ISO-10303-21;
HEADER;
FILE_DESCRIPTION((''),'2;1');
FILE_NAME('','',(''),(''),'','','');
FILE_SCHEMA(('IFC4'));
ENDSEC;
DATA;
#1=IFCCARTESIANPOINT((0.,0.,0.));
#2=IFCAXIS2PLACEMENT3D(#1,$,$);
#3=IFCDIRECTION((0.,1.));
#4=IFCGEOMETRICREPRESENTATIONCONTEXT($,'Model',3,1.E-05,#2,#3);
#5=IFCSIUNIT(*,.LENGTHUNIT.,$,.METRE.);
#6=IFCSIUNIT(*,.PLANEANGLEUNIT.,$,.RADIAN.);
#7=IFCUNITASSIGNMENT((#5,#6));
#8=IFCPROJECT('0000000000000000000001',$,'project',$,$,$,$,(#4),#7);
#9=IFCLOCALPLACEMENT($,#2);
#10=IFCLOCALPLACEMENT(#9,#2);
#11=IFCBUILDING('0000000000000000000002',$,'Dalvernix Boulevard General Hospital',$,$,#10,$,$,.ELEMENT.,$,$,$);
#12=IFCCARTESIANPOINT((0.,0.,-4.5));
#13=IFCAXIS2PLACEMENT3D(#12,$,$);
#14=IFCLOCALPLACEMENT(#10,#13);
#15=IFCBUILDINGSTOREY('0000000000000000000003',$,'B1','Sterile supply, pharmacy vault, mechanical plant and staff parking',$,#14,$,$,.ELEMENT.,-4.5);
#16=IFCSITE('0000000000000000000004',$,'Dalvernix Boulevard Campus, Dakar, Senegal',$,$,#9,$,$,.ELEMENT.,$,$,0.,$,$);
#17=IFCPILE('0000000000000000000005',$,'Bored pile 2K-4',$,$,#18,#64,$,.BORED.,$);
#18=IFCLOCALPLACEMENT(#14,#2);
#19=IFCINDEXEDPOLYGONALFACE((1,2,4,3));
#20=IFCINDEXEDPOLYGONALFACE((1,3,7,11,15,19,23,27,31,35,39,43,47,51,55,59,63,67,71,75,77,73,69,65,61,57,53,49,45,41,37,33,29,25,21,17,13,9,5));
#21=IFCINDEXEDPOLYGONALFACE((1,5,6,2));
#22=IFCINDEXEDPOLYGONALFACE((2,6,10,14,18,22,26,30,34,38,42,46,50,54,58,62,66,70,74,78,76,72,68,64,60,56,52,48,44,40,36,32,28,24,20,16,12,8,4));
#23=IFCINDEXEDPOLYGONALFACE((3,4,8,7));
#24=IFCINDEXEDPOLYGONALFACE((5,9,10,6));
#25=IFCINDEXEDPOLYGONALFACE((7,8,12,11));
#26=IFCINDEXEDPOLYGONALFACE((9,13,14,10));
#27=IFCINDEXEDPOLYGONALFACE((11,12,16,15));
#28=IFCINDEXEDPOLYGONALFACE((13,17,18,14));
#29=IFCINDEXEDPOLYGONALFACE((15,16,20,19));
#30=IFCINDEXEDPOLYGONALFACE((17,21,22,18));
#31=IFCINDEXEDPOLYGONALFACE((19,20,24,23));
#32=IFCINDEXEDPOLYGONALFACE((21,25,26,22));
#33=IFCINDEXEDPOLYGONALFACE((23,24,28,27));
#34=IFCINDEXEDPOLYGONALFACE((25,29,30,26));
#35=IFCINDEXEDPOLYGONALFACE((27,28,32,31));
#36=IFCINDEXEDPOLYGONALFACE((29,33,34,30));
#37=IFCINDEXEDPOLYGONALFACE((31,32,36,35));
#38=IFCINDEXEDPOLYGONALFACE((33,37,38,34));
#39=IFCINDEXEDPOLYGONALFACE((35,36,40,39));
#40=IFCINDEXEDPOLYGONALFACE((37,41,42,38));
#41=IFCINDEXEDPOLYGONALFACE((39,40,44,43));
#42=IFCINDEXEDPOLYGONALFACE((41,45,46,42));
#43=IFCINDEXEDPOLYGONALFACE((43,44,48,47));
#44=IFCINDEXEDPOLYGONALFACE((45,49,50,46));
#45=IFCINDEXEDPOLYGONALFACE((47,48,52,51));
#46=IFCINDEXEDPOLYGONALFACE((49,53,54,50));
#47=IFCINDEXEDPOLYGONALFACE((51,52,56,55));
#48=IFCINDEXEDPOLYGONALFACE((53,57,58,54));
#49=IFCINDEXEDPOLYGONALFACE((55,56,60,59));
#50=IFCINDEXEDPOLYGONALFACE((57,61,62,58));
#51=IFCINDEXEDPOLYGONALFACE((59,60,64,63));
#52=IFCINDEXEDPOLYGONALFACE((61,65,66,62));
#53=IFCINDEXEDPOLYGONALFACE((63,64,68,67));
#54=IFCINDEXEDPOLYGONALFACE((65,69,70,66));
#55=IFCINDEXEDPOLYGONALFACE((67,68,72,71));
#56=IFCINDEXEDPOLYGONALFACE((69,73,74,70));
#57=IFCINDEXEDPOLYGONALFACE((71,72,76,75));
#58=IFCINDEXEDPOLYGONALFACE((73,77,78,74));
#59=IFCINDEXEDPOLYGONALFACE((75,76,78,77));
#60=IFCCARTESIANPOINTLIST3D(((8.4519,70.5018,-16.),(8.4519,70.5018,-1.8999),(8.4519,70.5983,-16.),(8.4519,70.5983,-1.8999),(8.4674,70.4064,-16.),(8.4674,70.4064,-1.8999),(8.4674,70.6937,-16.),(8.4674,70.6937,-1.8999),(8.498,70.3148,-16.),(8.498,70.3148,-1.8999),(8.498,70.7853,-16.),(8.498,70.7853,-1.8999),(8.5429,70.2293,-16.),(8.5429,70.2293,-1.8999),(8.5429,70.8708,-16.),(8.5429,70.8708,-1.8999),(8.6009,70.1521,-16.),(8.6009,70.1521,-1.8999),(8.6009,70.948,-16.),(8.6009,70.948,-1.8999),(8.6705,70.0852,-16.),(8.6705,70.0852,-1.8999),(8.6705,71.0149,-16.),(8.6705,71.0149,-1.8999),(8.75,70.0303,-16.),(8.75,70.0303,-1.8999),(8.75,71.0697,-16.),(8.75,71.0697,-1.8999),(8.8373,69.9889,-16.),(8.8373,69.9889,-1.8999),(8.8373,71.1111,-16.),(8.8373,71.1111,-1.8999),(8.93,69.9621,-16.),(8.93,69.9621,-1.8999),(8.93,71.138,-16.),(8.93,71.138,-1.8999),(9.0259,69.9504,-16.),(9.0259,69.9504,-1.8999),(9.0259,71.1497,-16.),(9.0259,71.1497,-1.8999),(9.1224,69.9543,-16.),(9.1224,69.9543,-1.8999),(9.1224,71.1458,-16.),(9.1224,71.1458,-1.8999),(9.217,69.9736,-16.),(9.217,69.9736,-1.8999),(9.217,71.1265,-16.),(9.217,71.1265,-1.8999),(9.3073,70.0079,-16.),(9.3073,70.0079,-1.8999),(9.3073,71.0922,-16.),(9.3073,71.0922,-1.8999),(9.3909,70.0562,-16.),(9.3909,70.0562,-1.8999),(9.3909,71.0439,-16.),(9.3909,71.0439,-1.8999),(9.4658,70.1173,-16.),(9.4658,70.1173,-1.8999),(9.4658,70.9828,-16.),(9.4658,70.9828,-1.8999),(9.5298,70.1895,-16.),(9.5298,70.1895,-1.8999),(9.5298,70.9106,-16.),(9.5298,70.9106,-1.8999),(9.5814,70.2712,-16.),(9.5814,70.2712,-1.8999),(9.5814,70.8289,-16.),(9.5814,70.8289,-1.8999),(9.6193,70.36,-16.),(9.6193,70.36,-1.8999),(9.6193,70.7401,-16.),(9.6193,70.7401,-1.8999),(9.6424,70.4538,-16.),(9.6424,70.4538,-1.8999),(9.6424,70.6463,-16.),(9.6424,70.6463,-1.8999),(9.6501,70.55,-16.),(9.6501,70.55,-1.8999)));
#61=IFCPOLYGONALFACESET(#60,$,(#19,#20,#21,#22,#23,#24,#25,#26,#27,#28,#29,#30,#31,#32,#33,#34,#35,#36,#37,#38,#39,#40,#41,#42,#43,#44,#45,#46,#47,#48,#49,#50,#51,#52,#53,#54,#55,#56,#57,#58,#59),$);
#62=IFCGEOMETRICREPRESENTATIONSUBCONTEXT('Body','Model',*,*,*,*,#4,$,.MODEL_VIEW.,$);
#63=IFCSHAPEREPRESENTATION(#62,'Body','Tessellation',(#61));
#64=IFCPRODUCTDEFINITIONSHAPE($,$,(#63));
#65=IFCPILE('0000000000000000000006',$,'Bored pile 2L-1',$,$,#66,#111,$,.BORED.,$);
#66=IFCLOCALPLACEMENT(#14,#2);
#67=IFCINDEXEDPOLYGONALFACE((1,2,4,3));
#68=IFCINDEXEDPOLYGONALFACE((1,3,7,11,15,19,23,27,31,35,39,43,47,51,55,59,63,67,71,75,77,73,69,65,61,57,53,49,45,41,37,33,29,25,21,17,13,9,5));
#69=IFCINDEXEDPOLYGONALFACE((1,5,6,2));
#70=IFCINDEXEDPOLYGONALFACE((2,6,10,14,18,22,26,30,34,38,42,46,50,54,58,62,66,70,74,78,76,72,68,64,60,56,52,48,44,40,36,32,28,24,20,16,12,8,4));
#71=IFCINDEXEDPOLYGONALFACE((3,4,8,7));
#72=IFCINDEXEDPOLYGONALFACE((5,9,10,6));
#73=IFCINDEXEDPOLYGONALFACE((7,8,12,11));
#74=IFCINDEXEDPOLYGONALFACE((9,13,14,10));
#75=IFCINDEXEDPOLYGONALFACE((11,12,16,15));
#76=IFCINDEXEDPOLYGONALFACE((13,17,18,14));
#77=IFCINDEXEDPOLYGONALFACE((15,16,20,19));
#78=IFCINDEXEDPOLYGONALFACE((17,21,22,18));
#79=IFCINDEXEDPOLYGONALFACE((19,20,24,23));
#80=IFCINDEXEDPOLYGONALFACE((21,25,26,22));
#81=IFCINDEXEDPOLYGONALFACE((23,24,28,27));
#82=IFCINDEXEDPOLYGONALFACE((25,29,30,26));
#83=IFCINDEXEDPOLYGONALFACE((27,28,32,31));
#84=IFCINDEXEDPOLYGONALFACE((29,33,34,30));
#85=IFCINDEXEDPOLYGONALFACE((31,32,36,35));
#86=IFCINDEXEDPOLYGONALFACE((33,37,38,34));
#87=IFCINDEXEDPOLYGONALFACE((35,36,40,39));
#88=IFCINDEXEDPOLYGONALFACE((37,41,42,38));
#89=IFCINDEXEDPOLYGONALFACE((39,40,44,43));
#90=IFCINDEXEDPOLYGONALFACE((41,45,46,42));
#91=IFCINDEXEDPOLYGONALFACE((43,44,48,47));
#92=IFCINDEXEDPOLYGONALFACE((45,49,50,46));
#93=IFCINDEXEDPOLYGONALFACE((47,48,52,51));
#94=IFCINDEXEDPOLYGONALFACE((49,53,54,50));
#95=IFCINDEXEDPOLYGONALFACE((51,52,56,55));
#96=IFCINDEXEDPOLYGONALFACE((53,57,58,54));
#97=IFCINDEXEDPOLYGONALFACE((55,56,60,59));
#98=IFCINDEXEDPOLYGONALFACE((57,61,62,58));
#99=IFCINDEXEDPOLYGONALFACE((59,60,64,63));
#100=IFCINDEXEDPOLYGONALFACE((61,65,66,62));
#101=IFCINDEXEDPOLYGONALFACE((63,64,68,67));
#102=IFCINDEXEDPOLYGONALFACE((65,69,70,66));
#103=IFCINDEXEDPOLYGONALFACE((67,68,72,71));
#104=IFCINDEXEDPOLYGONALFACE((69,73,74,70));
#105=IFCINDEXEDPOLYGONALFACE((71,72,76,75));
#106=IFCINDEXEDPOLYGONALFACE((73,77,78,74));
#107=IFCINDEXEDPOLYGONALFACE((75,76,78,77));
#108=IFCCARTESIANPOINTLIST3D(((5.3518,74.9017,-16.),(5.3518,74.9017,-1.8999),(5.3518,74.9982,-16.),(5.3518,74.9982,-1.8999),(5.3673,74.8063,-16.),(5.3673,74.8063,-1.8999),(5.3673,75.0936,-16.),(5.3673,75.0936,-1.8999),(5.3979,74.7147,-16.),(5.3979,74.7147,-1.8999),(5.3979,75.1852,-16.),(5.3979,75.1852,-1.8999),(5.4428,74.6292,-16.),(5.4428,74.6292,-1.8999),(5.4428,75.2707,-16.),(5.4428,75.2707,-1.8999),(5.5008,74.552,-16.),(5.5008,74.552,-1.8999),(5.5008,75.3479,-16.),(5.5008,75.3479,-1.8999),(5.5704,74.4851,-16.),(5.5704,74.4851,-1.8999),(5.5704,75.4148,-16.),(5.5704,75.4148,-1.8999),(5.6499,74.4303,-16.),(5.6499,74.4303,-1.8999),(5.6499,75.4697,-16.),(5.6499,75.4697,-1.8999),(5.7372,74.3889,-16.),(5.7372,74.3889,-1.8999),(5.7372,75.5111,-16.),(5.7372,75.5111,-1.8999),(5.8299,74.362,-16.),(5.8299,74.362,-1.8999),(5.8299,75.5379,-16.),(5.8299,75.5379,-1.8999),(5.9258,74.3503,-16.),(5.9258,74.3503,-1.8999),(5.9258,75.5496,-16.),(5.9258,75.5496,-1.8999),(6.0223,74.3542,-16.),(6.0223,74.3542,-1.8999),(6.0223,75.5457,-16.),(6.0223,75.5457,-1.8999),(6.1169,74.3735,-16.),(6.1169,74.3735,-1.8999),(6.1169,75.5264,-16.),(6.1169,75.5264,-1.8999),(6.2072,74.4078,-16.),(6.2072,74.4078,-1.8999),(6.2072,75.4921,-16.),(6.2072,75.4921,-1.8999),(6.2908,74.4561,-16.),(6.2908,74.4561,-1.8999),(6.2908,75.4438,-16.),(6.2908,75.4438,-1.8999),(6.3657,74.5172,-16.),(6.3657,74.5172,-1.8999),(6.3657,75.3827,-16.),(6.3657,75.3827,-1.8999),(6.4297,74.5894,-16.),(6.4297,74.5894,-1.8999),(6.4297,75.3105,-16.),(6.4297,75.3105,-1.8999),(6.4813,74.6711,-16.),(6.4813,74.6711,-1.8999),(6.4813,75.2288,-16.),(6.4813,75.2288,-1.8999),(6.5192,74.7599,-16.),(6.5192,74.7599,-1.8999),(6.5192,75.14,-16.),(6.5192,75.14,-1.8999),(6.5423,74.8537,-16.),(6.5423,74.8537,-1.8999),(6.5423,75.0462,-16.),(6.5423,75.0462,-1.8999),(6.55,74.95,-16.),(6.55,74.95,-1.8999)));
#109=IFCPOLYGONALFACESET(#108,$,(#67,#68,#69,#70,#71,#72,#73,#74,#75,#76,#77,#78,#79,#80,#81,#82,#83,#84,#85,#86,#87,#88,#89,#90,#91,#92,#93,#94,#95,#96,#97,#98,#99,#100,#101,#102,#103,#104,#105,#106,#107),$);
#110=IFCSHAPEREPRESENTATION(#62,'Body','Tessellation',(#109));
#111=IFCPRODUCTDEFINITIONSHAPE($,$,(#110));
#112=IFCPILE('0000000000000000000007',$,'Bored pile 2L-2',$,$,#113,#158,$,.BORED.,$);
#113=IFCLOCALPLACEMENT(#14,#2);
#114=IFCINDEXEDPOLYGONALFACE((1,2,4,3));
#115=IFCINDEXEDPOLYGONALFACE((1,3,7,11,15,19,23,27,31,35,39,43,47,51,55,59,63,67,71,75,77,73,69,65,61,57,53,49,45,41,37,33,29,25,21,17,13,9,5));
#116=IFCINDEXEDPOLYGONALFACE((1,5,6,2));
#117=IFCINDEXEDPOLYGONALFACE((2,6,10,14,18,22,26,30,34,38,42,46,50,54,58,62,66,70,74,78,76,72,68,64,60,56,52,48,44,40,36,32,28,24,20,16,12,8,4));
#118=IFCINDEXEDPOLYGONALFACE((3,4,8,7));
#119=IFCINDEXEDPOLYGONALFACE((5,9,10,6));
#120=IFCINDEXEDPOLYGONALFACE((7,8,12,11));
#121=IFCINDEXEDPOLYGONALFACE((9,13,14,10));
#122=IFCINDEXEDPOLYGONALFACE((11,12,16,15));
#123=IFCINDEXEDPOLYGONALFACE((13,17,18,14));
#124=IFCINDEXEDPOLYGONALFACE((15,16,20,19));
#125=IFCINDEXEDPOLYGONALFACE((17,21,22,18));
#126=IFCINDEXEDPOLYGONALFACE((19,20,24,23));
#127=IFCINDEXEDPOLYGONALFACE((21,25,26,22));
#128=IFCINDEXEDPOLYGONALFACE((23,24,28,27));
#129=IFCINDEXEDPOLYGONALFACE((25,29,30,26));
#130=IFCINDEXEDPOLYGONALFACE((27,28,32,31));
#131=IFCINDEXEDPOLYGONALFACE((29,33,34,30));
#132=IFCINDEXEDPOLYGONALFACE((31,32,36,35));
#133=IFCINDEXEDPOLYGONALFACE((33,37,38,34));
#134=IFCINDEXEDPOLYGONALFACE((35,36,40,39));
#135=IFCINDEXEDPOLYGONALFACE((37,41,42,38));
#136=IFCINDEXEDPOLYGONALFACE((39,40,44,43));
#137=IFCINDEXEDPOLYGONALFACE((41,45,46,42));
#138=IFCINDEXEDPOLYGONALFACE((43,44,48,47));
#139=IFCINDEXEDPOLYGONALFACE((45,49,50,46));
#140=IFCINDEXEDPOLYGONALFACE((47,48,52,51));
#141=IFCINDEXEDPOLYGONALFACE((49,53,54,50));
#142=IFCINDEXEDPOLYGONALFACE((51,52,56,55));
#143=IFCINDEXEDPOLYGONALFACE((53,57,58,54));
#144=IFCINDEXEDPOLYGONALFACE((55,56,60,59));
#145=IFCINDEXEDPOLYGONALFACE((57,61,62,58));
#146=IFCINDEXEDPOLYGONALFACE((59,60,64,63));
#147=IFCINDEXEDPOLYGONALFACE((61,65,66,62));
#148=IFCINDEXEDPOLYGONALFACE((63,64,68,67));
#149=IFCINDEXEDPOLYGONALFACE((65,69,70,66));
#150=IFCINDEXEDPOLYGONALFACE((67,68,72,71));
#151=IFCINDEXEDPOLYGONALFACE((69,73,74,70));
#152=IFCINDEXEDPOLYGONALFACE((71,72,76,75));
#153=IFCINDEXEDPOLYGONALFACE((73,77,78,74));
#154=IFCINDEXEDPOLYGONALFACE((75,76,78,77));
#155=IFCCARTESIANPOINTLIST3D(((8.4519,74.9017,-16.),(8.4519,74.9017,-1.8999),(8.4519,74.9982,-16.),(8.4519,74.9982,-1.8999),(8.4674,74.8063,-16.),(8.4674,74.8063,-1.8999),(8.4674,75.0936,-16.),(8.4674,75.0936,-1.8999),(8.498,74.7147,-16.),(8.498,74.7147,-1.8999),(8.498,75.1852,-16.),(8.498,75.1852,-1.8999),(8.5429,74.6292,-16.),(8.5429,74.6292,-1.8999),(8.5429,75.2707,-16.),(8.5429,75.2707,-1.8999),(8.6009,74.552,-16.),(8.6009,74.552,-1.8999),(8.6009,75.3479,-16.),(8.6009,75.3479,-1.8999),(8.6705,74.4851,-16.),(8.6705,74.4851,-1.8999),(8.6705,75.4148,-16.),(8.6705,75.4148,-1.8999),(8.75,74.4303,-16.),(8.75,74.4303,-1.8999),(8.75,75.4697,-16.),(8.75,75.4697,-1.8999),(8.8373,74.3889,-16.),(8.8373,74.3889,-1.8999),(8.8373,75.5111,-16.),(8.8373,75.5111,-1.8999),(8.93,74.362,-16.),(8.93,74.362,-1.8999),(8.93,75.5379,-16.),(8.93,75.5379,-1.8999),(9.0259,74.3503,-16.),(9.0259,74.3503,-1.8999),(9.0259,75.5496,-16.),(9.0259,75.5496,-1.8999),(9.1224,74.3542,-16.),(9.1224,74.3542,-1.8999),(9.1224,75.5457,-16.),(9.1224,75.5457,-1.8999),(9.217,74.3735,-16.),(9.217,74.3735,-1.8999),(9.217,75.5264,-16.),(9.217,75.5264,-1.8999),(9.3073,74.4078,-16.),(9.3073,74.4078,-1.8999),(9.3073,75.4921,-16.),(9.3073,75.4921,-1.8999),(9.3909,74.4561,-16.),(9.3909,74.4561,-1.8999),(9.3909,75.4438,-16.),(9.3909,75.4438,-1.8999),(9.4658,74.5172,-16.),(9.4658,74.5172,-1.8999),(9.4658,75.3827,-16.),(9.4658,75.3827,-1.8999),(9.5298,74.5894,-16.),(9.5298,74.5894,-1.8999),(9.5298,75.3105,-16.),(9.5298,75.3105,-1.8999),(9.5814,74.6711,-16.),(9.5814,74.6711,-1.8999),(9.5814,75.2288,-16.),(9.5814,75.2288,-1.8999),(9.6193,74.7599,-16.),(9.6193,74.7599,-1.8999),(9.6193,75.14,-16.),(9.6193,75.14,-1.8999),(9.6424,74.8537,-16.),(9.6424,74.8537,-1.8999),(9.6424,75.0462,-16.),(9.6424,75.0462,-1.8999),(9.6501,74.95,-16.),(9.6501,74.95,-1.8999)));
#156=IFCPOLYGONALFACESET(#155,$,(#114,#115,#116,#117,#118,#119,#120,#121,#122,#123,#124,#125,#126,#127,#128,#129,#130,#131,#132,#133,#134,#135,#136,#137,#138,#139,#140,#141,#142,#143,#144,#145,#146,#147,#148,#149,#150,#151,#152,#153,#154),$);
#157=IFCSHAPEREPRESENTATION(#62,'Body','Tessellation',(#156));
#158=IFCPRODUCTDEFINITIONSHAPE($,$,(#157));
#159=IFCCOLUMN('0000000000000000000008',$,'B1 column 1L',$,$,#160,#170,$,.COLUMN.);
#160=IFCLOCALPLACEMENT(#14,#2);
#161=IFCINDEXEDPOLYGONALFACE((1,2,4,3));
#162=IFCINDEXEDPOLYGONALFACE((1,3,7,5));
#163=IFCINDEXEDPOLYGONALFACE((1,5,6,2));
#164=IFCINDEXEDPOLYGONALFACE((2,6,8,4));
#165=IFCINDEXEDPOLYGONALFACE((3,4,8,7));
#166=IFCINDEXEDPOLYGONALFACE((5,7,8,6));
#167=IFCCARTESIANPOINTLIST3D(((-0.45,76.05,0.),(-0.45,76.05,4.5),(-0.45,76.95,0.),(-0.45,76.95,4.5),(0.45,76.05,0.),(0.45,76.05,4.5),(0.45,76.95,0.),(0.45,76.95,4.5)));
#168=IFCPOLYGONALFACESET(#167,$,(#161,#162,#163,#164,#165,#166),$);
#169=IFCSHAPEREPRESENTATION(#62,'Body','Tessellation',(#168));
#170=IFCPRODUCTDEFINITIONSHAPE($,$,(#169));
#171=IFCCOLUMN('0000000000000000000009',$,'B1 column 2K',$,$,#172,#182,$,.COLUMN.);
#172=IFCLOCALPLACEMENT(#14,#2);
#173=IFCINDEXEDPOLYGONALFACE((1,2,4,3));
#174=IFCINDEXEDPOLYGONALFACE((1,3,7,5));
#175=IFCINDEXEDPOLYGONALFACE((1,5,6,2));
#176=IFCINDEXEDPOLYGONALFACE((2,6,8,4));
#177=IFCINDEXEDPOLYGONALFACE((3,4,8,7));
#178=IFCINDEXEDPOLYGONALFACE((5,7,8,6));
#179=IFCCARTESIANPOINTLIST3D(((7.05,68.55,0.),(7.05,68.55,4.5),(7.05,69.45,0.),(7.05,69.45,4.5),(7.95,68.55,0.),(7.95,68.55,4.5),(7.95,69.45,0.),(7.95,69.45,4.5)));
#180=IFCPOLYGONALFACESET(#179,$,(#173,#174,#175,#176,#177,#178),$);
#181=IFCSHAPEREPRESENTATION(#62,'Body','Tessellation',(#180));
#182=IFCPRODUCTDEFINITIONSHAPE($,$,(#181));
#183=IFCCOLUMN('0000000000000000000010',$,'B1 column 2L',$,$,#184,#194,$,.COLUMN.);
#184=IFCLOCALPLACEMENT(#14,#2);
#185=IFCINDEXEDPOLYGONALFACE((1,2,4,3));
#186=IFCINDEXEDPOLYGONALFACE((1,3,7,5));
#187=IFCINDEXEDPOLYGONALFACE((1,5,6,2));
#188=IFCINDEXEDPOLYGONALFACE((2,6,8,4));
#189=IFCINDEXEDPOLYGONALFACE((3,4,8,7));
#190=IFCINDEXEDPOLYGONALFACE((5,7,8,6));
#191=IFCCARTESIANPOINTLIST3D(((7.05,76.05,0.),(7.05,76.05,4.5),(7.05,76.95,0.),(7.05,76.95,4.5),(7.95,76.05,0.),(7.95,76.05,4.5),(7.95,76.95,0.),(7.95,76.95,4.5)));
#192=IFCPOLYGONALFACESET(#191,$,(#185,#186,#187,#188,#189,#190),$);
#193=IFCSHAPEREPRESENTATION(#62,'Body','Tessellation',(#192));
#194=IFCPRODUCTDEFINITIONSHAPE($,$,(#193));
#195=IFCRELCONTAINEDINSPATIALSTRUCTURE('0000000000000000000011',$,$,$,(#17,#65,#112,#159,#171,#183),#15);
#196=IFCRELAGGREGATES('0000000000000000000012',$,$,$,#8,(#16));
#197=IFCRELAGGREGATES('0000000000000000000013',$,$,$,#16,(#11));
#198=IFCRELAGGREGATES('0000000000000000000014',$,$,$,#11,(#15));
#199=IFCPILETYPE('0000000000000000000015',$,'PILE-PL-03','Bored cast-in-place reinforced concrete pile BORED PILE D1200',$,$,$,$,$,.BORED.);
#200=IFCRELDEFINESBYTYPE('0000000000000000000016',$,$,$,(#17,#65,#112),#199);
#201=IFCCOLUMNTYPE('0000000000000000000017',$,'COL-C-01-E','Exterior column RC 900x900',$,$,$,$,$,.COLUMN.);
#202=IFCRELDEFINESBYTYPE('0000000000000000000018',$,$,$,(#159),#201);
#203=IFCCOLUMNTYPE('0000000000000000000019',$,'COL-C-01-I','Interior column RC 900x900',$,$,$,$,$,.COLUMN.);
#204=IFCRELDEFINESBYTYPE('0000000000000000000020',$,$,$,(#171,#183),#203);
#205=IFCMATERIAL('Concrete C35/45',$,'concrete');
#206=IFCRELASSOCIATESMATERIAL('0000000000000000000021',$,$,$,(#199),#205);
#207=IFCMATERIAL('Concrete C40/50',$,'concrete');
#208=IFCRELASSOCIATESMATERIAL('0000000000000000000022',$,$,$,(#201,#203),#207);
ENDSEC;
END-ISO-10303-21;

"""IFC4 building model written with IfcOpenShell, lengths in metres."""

from ifc_helpers import new_model, si_unit, direction, frame, origin, origin_2d, place, context, subcontext, project, spatial, rectangle, circle, extrude, material, material_profile, profile_set, type_object, element, save


model = new_model("IFC4")

# Units and contexts
model_context = context("Model", 3, precision=1e-05, world=origin(), true_north=direction((0.0, 1.0)))
body_context = subcontext(model_context, "Body", "Model", "MODEL_VIEW")
ifc_project = project(units=[si_unit("LENGTHUNIT", "METRE"), si_unit("PLANEANGLEUNIT", "RADIAN")], contexts=[model_context])

# Site, building, storey
site_placement = place(None, origin())
site = spatial("IfcSite", under=ifc_project, at=site_placement, Name="Dalvernix Boulevard Campus, Dakar, Senegal", CompositionType="ELEMENT", RefElevation=0.0)
building_placement = place(site_placement, origin())
building = spatial("IfcBuilding", under=site, at=building_placement, Name="Dalvernix Boulevard General Hospital", CompositionType="ELEMENT")
storey_placement = place(building_placement, frame((0.0, 0.0, -4.5)))
storey = spatial("IfcBuildingStorey", under=building, at=storey_placement, Name="B1", Description="Sterile supply, pharmacy vault, mechanical plant and staff parking", CompositionType="ELEMENT", Elevation=-4.5)

# Shared definitions
ifc_material_1 = material(Name="Concrete C35/45", Category="concrete")
ifc_material_2 = material(Name="Concrete C40/50", Category="concrete")

# Piles
ifc_material_profile_1 = material_profile(ifc_material_1, circle(Radius=0.6001, at=origin_2d()), Name="BORED PILE D1200")
ifc_profile_set_1 = profile_set([ifc_material_profile_1], Name="Concrete C35/45")
pile_type = type_object("IfcPileType", Name="PILE-PL-03", Description="Bored cast-in-place reinforced concrete pile BORED PILE D1200", PredefinedType="BORED", material=ifc_profile_set_1)
for number, where, z_axis, x_axis, name in (
    (1, (9.05, 70.55, -1.8999), (0.0, 0.0, -1.0), (1.0, 0.0, 0.0), "Bored pile 2K-4"),
    (2, (5.95, 74.95, -1.8999), (0.0, 0.0, -1.0), (1.0, 0.0, 0.0), "Bored pile 2L-1"),
    (3, (9.05, 74.95, -1.8999), (0.0, 0.0, -1.0), (1.0, 0.0, 0.0), "Bored pile 2L-2"),
):
    element("IfcPile", number, at=place(storey_placement, frame(where, z_axis=z_axis, x_axis=x_axis)), inside=storey, type_object=pile_type, Name=name, PredefinedType="BORED", context=body_context, shape_type="SweptSolid", body=[
        extrude(circle(Radius=0.6001, at=origin_2d()), origin(), (0.0, 0.0, 1.0), 14.1001),
    ])

# Columns
ifc_material_profile_2 = material_profile(ifc_material_2, rectangle(XDim=0.8999, YDim=0.8999, at=origin_2d()), Name="RC 900x900")
ifc_profile_set_2 = profile_set([ifc_material_profile_2], Name="Concrete C40/50")
column_type_1 = type_object("IfcColumnType", Name="COL-C-01-E", Description="Exterior column RC 900x900", PredefinedType="COLUMN", material=ifc_profile_set_2)
column_1_placement = place(storey_placement, frame((0.0, 76.5, 0.0), z_axis=(0.0, 0.0, 1.0), x_axis=(1.0, 0.0, 0.0)))
element("IfcColumn", 4, at=column_1_placement, inside=storey, type_object=column_type_1, Name="B1 column 1L", PredefinedType="COLUMN", context=body_context, shape_type="SweptSolid", body=[
    extrude(rectangle(XDim=0.8999, YDim=0.8999, at=origin_2d()), origin(), (0.0, 0.0, 1.0), 4.5),
])
ifc_material_profile_3 = material_profile(ifc_material_2, rectangle(XDim=0.8999, YDim=0.8999, at=origin_2d()), Name="RC 900x900")
ifc_profile_set_3 = profile_set([ifc_material_profile_3], Name="Concrete C40/50")
column_type_2 = type_object("IfcColumnType", Name="COL-C-01-I", Description="Interior column RC 900x900", PredefinedType="COLUMN", material=ifc_profile_set_3)
for number, where, z_axis, x_axis, name in (
    (5, (7.5, 69.0, 0.0), (0.0, 0.0, 1.0), (1.0, 0.0, 0.0), "B1 column 2K"),
    (6, (7.5, 76.5, 0.0), (0.0, 0.0, 1.0), (1.0, 0.0, 0.0), "B1 column 2L"),
):
    element("IfcColumn", number, at=place(storey_placement, frame(where, z_axis=z_axis, x_axis=x_axis)), inside=storey, type_object=column_type_2, Name=name, PredefinedType="COLUMN", context=body_context, shape_type="SweptSolid", body=[
        extrude(rectangle(XDim=0.8999, YDim=0.8999, at=origin_2d()), origin(), (0.0, 0.0, 1.0), 4.5),
    ])

save(model, "model.ifc")
